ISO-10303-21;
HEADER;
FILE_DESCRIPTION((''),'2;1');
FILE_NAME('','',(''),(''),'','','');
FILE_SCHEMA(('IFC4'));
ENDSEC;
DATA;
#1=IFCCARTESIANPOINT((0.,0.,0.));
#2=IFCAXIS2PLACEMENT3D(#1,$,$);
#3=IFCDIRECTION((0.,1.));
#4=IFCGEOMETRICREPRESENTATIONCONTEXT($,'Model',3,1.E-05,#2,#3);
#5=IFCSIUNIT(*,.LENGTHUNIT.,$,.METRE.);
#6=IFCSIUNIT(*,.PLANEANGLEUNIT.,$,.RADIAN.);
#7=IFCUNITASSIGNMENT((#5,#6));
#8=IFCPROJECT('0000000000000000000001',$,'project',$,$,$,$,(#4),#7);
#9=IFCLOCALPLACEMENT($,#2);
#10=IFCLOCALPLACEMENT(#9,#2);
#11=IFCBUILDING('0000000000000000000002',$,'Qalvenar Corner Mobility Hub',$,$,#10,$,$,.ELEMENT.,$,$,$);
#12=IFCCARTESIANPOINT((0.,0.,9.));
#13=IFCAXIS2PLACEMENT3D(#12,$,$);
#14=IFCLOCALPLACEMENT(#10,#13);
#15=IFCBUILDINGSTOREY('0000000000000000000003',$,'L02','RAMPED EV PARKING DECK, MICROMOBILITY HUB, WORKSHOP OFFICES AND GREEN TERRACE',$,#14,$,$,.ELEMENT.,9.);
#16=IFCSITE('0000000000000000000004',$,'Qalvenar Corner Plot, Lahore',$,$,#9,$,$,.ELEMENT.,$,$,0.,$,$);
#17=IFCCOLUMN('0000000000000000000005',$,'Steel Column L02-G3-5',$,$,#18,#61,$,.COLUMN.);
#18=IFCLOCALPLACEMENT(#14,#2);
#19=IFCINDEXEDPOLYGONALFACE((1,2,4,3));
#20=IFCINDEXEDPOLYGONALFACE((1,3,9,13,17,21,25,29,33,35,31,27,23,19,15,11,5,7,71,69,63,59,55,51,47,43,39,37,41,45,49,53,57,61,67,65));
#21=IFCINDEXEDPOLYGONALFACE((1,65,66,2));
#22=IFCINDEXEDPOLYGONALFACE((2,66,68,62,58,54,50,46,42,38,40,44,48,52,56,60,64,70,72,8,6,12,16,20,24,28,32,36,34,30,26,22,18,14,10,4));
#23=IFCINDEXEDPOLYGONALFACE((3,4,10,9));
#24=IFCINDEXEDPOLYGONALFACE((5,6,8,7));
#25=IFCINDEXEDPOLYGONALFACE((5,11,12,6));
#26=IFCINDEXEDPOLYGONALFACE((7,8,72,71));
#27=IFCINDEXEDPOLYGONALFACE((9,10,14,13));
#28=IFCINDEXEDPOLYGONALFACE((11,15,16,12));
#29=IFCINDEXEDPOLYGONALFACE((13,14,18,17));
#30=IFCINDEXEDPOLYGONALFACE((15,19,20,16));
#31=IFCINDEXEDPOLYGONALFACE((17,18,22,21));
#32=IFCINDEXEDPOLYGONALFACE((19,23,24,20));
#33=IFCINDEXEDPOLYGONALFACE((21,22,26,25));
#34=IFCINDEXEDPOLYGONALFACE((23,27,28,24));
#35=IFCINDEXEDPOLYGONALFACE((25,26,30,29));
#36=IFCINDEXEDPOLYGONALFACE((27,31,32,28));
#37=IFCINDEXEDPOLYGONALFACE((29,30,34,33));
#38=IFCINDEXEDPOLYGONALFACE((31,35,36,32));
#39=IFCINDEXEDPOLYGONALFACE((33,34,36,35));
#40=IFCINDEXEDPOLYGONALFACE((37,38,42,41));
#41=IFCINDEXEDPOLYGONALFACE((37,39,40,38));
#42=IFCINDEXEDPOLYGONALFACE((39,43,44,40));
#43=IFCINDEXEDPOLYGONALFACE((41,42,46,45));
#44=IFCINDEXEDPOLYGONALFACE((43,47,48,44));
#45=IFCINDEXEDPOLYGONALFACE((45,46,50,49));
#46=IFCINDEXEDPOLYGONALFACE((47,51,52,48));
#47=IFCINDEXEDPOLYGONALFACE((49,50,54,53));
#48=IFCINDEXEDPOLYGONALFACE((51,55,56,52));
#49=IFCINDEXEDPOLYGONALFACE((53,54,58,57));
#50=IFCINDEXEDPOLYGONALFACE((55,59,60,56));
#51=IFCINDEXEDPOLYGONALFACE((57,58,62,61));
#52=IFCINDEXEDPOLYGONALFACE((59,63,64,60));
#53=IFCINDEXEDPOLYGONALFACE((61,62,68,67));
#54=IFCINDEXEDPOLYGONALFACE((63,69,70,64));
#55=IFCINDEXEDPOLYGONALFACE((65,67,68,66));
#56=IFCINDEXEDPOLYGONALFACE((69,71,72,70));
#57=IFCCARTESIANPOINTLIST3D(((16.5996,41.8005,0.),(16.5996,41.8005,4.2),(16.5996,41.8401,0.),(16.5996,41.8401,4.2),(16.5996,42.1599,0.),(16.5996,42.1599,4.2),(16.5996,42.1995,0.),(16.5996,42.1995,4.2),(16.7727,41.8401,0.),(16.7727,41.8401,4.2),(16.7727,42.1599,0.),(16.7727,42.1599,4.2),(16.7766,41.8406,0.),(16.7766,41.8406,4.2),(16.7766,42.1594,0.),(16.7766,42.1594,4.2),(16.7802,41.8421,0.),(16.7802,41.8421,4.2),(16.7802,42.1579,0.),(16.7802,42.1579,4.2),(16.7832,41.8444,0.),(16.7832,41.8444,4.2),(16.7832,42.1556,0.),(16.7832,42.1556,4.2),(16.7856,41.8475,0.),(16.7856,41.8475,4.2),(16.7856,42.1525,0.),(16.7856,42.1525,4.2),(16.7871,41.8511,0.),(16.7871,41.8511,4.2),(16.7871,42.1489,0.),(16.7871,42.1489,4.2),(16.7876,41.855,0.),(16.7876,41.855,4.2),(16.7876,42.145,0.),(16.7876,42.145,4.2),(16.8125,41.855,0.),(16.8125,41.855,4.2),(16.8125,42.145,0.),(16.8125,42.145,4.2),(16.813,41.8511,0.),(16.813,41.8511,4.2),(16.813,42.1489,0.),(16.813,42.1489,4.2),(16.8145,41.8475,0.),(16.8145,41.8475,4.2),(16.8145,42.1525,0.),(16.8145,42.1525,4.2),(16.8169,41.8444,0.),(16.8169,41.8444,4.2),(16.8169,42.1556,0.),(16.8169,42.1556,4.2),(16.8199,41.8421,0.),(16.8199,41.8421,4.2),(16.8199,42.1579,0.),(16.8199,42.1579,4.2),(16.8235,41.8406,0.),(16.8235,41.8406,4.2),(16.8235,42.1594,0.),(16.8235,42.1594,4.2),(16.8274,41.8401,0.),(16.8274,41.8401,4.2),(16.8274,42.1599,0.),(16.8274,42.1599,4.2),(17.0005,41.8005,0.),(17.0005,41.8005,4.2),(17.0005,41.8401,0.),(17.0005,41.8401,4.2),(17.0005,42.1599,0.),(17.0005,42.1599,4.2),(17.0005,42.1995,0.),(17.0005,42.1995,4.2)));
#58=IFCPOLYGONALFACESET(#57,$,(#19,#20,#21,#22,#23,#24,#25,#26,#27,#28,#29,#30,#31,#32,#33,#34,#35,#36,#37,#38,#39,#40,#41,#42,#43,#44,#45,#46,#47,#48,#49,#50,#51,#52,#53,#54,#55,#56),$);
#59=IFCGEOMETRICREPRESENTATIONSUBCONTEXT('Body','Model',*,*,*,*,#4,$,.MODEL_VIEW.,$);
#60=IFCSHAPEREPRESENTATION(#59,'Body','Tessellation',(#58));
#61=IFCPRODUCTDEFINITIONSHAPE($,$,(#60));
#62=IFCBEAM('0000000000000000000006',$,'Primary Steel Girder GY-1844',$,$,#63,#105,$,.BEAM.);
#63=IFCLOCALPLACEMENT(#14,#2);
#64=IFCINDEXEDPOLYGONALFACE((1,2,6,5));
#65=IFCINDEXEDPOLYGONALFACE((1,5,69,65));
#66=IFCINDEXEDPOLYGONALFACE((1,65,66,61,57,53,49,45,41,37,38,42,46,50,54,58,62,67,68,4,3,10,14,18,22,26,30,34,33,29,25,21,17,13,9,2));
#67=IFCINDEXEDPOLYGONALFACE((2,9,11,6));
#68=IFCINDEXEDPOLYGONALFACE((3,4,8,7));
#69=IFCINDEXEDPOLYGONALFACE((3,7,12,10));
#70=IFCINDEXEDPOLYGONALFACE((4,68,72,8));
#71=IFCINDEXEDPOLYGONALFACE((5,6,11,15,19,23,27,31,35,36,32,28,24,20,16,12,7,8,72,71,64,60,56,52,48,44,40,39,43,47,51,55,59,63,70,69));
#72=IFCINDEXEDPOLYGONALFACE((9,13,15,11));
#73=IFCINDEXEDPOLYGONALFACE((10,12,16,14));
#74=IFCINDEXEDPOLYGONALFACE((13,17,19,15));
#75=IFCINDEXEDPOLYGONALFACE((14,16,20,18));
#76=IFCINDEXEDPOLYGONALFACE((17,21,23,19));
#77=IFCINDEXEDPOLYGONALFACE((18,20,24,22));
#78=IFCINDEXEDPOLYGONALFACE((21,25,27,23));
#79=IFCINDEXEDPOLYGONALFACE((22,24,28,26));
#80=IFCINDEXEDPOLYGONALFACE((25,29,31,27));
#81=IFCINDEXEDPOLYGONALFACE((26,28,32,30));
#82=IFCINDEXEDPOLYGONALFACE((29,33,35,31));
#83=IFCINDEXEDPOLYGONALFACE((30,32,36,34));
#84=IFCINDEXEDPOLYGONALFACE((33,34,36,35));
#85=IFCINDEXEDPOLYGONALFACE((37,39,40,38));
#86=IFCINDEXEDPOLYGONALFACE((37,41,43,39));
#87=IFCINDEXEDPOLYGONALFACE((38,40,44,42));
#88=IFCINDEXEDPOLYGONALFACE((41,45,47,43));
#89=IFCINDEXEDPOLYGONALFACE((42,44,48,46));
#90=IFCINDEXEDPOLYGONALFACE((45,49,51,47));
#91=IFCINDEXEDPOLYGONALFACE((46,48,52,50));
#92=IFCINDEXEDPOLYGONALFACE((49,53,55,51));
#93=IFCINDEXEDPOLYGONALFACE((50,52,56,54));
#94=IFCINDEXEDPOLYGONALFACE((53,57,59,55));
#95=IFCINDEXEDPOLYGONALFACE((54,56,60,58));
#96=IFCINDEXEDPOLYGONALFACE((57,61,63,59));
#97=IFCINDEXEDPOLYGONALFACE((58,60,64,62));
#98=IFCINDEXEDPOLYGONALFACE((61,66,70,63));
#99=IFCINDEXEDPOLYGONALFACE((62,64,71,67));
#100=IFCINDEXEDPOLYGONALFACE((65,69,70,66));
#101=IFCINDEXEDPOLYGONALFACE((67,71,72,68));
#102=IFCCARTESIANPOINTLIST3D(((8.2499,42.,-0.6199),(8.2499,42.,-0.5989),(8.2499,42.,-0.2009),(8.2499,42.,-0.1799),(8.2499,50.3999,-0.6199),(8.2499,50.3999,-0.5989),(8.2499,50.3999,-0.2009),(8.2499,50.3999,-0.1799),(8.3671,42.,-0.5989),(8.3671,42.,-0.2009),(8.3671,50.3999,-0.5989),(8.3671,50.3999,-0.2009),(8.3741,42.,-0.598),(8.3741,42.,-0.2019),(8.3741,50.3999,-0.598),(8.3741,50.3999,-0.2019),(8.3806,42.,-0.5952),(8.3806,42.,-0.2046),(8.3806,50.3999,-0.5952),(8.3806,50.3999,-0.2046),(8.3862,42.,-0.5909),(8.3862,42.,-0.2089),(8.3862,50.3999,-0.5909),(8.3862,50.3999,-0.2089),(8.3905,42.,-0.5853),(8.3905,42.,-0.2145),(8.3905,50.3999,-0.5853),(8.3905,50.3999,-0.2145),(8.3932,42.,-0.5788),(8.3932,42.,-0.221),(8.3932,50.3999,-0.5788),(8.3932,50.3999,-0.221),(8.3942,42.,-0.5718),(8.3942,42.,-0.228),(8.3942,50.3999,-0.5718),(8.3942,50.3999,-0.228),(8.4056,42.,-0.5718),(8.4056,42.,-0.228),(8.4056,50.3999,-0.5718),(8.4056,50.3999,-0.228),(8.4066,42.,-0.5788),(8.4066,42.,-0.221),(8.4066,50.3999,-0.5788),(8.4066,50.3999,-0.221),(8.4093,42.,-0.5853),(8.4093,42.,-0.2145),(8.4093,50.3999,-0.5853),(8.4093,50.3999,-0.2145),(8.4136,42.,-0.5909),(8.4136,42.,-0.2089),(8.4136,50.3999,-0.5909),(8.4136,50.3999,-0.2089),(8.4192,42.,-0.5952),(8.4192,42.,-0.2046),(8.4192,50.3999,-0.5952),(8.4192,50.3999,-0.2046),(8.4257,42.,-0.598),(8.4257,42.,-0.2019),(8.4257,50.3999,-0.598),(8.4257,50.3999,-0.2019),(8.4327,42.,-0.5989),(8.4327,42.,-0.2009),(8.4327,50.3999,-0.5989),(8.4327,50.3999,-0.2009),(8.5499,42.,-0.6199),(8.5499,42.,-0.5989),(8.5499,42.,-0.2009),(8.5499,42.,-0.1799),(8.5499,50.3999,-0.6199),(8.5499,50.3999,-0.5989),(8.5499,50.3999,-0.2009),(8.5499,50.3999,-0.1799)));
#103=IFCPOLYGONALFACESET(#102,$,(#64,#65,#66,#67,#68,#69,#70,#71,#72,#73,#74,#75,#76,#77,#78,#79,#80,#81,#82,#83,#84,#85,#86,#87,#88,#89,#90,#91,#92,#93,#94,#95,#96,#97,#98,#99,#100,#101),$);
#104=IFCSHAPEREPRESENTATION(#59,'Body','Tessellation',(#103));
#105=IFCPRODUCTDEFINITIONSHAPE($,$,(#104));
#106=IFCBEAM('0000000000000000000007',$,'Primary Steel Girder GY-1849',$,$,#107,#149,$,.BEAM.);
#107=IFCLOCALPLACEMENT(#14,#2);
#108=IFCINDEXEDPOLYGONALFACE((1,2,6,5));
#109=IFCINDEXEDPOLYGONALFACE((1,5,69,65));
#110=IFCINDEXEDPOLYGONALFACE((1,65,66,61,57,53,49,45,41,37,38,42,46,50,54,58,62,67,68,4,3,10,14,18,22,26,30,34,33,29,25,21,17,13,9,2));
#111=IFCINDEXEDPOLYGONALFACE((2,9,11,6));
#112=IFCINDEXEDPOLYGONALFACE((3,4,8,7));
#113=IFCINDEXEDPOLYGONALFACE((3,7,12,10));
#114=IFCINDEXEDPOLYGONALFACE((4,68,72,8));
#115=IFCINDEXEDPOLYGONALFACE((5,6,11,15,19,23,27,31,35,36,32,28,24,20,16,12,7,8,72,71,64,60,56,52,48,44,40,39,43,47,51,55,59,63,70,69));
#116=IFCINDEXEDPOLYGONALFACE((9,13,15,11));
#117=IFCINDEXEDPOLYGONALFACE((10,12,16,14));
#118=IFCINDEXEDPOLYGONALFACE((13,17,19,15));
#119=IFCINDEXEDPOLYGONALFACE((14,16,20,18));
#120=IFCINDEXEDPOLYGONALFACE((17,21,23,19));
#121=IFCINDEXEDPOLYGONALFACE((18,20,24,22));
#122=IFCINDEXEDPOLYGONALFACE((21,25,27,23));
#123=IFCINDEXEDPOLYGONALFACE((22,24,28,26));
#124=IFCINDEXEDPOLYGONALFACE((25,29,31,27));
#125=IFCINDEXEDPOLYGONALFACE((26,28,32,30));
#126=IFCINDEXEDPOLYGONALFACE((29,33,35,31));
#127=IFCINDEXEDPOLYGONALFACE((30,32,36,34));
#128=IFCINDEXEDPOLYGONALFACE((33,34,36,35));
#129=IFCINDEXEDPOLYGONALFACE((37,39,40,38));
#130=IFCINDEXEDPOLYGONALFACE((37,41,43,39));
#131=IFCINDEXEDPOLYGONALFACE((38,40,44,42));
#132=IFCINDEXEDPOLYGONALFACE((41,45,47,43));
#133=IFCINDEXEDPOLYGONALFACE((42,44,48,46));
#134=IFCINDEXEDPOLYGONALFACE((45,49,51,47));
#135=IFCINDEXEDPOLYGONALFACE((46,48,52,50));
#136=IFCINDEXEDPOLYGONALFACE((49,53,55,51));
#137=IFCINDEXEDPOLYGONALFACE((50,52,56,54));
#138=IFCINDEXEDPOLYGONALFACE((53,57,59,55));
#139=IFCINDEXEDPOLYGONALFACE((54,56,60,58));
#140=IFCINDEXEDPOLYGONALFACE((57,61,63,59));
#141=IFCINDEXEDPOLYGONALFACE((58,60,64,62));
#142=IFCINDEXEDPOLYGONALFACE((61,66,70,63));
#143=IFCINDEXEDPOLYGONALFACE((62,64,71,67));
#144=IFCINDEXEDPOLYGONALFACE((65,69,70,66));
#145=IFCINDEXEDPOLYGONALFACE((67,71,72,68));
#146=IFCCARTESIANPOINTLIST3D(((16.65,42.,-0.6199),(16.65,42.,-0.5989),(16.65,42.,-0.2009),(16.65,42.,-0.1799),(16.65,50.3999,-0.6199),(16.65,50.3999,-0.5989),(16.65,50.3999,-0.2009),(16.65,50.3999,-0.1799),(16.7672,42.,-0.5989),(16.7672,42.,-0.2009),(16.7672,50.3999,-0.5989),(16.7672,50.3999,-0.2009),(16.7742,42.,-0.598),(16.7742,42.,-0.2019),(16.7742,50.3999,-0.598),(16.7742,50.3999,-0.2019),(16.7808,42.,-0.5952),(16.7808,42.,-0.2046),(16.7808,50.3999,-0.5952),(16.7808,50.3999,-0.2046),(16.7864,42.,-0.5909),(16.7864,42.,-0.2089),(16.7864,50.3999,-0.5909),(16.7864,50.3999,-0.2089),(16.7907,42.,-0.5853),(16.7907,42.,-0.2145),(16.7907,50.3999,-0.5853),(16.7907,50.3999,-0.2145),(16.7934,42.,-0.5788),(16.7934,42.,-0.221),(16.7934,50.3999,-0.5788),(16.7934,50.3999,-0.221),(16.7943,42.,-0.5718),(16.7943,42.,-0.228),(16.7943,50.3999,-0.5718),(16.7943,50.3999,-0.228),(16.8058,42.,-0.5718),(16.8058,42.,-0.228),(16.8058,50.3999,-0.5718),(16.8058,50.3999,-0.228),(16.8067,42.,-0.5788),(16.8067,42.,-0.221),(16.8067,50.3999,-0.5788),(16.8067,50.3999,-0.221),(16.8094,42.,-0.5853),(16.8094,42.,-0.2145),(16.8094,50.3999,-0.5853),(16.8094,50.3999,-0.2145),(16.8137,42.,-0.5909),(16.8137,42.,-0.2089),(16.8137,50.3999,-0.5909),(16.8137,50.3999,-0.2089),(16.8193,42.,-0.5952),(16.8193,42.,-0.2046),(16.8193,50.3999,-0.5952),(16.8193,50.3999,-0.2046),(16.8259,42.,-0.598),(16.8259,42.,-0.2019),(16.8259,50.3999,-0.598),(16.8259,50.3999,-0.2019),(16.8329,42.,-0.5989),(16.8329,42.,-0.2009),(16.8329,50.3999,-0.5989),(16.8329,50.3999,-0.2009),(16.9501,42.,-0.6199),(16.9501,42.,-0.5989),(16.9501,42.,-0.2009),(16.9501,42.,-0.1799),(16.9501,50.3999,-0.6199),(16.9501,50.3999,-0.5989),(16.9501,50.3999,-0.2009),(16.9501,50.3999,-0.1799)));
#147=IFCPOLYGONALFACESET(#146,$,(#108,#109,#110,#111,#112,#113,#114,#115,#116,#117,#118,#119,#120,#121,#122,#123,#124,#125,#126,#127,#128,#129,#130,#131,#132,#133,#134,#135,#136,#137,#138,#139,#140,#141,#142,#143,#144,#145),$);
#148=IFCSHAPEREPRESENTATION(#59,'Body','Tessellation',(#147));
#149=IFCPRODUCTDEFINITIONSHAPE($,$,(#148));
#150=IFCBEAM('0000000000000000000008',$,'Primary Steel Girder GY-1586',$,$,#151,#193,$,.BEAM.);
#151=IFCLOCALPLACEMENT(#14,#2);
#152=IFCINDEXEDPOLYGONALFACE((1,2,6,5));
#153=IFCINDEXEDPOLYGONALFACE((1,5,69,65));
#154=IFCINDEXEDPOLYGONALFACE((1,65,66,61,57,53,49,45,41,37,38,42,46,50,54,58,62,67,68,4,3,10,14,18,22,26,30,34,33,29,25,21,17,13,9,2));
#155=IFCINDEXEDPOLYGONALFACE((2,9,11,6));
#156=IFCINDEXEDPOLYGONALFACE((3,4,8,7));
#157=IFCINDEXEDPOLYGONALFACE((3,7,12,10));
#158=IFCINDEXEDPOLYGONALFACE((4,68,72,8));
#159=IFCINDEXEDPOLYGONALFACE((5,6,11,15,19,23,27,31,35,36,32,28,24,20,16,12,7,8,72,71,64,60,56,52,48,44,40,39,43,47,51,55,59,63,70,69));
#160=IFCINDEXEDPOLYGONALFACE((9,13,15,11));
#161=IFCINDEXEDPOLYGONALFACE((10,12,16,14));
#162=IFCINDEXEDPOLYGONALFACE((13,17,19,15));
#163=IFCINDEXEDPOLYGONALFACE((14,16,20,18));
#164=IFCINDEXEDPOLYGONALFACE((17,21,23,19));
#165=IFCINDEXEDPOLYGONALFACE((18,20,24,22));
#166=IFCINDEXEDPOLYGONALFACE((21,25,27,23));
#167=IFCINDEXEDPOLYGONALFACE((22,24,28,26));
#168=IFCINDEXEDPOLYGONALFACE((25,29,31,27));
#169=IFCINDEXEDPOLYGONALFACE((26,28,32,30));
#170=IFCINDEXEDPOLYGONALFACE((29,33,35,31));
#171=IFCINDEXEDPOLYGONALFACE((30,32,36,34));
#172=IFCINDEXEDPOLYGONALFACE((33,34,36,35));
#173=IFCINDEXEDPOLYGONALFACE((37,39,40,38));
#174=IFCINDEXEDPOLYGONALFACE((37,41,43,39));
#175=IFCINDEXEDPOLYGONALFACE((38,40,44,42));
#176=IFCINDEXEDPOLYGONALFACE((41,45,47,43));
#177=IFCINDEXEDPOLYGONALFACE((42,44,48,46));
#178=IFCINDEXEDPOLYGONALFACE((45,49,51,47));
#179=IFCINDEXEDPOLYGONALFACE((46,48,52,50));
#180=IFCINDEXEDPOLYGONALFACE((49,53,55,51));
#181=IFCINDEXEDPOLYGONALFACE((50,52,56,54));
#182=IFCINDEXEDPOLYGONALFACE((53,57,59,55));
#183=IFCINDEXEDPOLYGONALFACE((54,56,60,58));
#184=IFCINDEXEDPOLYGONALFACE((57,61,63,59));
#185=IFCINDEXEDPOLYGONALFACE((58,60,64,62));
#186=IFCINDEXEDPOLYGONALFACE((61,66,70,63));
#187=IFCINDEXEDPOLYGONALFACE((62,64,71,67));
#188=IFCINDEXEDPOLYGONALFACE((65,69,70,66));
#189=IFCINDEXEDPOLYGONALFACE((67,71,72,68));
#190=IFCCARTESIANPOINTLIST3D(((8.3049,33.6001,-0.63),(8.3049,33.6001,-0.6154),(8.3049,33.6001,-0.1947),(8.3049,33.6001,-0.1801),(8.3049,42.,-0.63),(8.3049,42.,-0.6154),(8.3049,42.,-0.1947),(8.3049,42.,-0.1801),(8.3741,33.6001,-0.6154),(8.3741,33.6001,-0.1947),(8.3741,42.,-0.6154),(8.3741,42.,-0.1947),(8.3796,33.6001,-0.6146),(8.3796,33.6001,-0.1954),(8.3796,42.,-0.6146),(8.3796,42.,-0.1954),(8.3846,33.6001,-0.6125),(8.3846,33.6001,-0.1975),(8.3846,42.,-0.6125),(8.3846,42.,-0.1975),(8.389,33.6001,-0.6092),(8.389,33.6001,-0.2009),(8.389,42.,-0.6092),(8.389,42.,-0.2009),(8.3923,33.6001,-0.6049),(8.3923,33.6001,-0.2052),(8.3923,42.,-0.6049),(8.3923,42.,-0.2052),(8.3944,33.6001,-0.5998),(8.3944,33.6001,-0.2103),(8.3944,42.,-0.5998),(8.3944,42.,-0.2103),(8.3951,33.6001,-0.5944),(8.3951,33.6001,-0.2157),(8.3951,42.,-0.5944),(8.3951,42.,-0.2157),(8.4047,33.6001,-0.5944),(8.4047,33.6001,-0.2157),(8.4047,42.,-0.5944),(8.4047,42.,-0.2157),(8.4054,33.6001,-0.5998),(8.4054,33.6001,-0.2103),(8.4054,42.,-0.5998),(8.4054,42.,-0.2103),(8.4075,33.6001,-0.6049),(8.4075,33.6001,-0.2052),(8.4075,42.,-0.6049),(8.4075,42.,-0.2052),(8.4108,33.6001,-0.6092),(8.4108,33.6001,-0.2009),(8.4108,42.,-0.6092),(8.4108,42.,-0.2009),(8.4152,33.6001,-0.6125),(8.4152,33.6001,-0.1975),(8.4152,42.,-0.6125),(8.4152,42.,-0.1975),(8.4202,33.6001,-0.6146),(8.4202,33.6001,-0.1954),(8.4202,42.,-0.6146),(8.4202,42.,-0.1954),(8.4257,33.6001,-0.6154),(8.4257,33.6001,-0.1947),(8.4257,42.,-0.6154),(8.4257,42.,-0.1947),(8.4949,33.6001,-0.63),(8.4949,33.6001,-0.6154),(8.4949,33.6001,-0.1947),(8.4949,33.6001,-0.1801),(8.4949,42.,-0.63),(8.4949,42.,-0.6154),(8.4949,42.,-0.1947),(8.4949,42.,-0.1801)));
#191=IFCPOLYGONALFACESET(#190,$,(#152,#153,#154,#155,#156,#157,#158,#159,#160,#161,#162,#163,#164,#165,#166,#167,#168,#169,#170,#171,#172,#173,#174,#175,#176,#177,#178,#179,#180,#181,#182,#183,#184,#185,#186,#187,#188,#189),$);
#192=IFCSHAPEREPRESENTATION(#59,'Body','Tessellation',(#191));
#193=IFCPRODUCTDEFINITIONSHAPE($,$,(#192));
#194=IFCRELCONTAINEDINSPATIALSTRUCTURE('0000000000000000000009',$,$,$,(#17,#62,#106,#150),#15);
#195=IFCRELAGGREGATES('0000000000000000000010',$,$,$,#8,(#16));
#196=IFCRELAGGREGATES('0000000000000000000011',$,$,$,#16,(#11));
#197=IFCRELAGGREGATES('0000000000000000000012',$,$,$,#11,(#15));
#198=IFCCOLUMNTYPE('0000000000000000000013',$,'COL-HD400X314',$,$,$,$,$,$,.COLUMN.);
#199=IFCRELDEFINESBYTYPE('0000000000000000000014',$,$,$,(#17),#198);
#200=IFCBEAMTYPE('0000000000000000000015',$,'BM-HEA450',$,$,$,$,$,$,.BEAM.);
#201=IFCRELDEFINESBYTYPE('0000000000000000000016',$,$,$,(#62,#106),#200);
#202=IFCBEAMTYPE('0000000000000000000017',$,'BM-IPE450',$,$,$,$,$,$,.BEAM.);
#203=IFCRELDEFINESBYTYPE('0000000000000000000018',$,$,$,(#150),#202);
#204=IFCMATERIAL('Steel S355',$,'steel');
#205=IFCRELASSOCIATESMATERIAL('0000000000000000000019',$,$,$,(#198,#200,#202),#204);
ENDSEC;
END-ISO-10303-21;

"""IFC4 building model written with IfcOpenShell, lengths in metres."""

from ifc_helpers import new_model, si_unit, direction, frame, origin, origin_2d, place, context, subcontext, project, spatial, i_section, extrude, material, material_profile, profile_set, type_object, element, save


model = new_model("IFC4")

# Units and contexts
model_context = context("Model", 3, precision=1e-05, world=origin(), true_north=direction((0.0, 1.0)))
body_context = subcontext(model_context, "Body", "Model", "MODEL_VIEW")
ifc_project = project(units=[si_unit("LENGTHUNIT", "METRE"), si_unit("PLANEANGLEUNIT", "RADIAN")], contexts=[model_context])

# Site, building, storey
site_placement = place(None, origin())
site = spatial("IfcSite", under=ifc_project, at=site_placement, Name="Qalvenar Corner Plot, Lahore", CompositionType="ELEMENT", RefElevation=0.0)
building_placement = place(site_placement, origin())
building = spatial("IfcBuilding", under=site, at=building_placement, Name="Qalvenar Corner Mobility Hub", CompositionType="ELEMENT")
storey_placement = place(building_placement, frame((0.0, 0.0, 9.0)))
storey = spatial("IfcBuildingStorey", under=building, at=storey_placement, Name="L02", Description="RAMPED EV PARKING DECK, MICROMOBILITY HUB, WORKSHOP OFFICES AND GREEN TERRACE", CompositionType="ELEMENT", Elevation=9.0)

# Column
ifc_material_1 = material(Name="Steel S355", Category="steel")
ifc_material_profile_1 = material_profile(ifc_material_1, i_section(OverallWidth=0.4009, OverallDepth=0.3989, WebThickness=0.0249, FlangeThickness=0.0396, FilletRadius=0.0149, at=origin_2d()), Name="HD400x314")
ifc_profile_set_1 = profile_set([ifc_material_profile_1], Name="Steel S355")
column_type_1 = type_object("IfcColumnType", Name="COL-HD400X314", PredefinedType="COLUMN", material=ifc_profile_set_1)
for number, where, z_axis, x_axis, name in (
    (1, (16.8, 42.0, 0.0), (0.0, 0.0, 1.0), (1.0, 0.0, 0.0), "Steel Column L02-G3-5"),
):
    element("IfcColumn", number, at=place(storey_placement, frame(where, z_axis=z_axis, x_axis=x_axis)), inside=storey, type_object=column_type_1, Name=name, PredefinedType="COLUMN", context=body_context, shape_type="SweptSolid", body=[
        extrude(i_section(OverallWidth=0.4009, OverallDepth=0.3989, WebThickness=0.0249, FlangeThickness=0.0396, FilletRadius=0.0149, at=origin_2d()), origin(), (0.0, 0.0, 1.0), 4.2),
    ])

# Beams
ifc_material_profile_2 = material_profile(ifc_material_1, i_section(OverallWidth=0.3, OverallDepth=0.4399, WebThickness=0.0115, FlangeThickness=0.021, FilletRadius=0.0271, at=origin_2d()), Name="HEA450")
ifc_profile_set_2 = profile_set([ifc_material_profile_2], Name="Steel S355")
beam_type_1 = type_object("IfcBeamType", Name="BM-HEA450", PredefinedType="BEAM", material=ifc_profile_set_2)
for number, where, z_axis, x_axis, name in (
    (2, (8.3999, 42.0, -0.3999), (0.0, 1.0, 0.0), (-1.0, 0.0, 0.0), "Primary Steel Girder GY-1844"),
    (3, (16.8, 42.0, -0.3999), (0.0, 1.0, 0.0), (-1.0, 0.0, 0.0), "Primary Steel Girder GY-1849"),
):
    element("IfcBeam", number, at=place(storey_placement, frame(where, z_axis=z_axis, x_axis=x_axis)), inside=storey, type_object=beam_type_1, Name=name, PredefinedType="BEAM", context=body_context, shape_type="SweptSolid", body=[
        extrude(i_section(OverallWidth=0.3, OverallDepth=0.4399, WebThickness=0.0115, FlangeThickness=0.021, FilletRadius=0.0271, at=origin_2d()), origin(), (0.0, 0.0, 1.0), 8.3999),
    ])
ifc_material_profile_3 = material_profile(ifc_material_1, i_section(OverallWidth=0.1899, OverallDepth=0.45, WebThickness=0.0095, FlangeThickness=0.0146, FilletRadius=0.021, at=origin_2d()), Name="IPE450")
ifc_profile_set_3 = profile_set([ifc_material_profile_3], Name="Steel S355")
beam_type_2 = type_object("IfcBeamType", Name="BM-IPE450", PredefinedType="BEAM", material=ifc_profile_set_3)
for number, where, z_axis, x_axis, name in (
    (4, (8.3999, 33.6001, -0.405), (0.0, 1.0, 0.0), (-1.0, 0.0, 0.0), "Primary Steel Girder GY-1586"),
):
    element("IfcBeam", number, at=place(storey_placement, frame(where, z_axis=z_axis, x_axis=x_axis)), inside=storey, type_object=beam_type_2, Name=name, PredefinedType="BEAM", context=body_context, shape_type="SweptSolid", body=[
        extrude(i_section(OverallWidth=0.1899, OverallDepth=0.45, WebThickness=0.0095, FlangeThickness=0.0146, FilletRadius=0.021, at=origin_2d()), origin(), (0.0, 0.0, 1.0), 8.3999),
    ])

save(model, "model.ifc")
